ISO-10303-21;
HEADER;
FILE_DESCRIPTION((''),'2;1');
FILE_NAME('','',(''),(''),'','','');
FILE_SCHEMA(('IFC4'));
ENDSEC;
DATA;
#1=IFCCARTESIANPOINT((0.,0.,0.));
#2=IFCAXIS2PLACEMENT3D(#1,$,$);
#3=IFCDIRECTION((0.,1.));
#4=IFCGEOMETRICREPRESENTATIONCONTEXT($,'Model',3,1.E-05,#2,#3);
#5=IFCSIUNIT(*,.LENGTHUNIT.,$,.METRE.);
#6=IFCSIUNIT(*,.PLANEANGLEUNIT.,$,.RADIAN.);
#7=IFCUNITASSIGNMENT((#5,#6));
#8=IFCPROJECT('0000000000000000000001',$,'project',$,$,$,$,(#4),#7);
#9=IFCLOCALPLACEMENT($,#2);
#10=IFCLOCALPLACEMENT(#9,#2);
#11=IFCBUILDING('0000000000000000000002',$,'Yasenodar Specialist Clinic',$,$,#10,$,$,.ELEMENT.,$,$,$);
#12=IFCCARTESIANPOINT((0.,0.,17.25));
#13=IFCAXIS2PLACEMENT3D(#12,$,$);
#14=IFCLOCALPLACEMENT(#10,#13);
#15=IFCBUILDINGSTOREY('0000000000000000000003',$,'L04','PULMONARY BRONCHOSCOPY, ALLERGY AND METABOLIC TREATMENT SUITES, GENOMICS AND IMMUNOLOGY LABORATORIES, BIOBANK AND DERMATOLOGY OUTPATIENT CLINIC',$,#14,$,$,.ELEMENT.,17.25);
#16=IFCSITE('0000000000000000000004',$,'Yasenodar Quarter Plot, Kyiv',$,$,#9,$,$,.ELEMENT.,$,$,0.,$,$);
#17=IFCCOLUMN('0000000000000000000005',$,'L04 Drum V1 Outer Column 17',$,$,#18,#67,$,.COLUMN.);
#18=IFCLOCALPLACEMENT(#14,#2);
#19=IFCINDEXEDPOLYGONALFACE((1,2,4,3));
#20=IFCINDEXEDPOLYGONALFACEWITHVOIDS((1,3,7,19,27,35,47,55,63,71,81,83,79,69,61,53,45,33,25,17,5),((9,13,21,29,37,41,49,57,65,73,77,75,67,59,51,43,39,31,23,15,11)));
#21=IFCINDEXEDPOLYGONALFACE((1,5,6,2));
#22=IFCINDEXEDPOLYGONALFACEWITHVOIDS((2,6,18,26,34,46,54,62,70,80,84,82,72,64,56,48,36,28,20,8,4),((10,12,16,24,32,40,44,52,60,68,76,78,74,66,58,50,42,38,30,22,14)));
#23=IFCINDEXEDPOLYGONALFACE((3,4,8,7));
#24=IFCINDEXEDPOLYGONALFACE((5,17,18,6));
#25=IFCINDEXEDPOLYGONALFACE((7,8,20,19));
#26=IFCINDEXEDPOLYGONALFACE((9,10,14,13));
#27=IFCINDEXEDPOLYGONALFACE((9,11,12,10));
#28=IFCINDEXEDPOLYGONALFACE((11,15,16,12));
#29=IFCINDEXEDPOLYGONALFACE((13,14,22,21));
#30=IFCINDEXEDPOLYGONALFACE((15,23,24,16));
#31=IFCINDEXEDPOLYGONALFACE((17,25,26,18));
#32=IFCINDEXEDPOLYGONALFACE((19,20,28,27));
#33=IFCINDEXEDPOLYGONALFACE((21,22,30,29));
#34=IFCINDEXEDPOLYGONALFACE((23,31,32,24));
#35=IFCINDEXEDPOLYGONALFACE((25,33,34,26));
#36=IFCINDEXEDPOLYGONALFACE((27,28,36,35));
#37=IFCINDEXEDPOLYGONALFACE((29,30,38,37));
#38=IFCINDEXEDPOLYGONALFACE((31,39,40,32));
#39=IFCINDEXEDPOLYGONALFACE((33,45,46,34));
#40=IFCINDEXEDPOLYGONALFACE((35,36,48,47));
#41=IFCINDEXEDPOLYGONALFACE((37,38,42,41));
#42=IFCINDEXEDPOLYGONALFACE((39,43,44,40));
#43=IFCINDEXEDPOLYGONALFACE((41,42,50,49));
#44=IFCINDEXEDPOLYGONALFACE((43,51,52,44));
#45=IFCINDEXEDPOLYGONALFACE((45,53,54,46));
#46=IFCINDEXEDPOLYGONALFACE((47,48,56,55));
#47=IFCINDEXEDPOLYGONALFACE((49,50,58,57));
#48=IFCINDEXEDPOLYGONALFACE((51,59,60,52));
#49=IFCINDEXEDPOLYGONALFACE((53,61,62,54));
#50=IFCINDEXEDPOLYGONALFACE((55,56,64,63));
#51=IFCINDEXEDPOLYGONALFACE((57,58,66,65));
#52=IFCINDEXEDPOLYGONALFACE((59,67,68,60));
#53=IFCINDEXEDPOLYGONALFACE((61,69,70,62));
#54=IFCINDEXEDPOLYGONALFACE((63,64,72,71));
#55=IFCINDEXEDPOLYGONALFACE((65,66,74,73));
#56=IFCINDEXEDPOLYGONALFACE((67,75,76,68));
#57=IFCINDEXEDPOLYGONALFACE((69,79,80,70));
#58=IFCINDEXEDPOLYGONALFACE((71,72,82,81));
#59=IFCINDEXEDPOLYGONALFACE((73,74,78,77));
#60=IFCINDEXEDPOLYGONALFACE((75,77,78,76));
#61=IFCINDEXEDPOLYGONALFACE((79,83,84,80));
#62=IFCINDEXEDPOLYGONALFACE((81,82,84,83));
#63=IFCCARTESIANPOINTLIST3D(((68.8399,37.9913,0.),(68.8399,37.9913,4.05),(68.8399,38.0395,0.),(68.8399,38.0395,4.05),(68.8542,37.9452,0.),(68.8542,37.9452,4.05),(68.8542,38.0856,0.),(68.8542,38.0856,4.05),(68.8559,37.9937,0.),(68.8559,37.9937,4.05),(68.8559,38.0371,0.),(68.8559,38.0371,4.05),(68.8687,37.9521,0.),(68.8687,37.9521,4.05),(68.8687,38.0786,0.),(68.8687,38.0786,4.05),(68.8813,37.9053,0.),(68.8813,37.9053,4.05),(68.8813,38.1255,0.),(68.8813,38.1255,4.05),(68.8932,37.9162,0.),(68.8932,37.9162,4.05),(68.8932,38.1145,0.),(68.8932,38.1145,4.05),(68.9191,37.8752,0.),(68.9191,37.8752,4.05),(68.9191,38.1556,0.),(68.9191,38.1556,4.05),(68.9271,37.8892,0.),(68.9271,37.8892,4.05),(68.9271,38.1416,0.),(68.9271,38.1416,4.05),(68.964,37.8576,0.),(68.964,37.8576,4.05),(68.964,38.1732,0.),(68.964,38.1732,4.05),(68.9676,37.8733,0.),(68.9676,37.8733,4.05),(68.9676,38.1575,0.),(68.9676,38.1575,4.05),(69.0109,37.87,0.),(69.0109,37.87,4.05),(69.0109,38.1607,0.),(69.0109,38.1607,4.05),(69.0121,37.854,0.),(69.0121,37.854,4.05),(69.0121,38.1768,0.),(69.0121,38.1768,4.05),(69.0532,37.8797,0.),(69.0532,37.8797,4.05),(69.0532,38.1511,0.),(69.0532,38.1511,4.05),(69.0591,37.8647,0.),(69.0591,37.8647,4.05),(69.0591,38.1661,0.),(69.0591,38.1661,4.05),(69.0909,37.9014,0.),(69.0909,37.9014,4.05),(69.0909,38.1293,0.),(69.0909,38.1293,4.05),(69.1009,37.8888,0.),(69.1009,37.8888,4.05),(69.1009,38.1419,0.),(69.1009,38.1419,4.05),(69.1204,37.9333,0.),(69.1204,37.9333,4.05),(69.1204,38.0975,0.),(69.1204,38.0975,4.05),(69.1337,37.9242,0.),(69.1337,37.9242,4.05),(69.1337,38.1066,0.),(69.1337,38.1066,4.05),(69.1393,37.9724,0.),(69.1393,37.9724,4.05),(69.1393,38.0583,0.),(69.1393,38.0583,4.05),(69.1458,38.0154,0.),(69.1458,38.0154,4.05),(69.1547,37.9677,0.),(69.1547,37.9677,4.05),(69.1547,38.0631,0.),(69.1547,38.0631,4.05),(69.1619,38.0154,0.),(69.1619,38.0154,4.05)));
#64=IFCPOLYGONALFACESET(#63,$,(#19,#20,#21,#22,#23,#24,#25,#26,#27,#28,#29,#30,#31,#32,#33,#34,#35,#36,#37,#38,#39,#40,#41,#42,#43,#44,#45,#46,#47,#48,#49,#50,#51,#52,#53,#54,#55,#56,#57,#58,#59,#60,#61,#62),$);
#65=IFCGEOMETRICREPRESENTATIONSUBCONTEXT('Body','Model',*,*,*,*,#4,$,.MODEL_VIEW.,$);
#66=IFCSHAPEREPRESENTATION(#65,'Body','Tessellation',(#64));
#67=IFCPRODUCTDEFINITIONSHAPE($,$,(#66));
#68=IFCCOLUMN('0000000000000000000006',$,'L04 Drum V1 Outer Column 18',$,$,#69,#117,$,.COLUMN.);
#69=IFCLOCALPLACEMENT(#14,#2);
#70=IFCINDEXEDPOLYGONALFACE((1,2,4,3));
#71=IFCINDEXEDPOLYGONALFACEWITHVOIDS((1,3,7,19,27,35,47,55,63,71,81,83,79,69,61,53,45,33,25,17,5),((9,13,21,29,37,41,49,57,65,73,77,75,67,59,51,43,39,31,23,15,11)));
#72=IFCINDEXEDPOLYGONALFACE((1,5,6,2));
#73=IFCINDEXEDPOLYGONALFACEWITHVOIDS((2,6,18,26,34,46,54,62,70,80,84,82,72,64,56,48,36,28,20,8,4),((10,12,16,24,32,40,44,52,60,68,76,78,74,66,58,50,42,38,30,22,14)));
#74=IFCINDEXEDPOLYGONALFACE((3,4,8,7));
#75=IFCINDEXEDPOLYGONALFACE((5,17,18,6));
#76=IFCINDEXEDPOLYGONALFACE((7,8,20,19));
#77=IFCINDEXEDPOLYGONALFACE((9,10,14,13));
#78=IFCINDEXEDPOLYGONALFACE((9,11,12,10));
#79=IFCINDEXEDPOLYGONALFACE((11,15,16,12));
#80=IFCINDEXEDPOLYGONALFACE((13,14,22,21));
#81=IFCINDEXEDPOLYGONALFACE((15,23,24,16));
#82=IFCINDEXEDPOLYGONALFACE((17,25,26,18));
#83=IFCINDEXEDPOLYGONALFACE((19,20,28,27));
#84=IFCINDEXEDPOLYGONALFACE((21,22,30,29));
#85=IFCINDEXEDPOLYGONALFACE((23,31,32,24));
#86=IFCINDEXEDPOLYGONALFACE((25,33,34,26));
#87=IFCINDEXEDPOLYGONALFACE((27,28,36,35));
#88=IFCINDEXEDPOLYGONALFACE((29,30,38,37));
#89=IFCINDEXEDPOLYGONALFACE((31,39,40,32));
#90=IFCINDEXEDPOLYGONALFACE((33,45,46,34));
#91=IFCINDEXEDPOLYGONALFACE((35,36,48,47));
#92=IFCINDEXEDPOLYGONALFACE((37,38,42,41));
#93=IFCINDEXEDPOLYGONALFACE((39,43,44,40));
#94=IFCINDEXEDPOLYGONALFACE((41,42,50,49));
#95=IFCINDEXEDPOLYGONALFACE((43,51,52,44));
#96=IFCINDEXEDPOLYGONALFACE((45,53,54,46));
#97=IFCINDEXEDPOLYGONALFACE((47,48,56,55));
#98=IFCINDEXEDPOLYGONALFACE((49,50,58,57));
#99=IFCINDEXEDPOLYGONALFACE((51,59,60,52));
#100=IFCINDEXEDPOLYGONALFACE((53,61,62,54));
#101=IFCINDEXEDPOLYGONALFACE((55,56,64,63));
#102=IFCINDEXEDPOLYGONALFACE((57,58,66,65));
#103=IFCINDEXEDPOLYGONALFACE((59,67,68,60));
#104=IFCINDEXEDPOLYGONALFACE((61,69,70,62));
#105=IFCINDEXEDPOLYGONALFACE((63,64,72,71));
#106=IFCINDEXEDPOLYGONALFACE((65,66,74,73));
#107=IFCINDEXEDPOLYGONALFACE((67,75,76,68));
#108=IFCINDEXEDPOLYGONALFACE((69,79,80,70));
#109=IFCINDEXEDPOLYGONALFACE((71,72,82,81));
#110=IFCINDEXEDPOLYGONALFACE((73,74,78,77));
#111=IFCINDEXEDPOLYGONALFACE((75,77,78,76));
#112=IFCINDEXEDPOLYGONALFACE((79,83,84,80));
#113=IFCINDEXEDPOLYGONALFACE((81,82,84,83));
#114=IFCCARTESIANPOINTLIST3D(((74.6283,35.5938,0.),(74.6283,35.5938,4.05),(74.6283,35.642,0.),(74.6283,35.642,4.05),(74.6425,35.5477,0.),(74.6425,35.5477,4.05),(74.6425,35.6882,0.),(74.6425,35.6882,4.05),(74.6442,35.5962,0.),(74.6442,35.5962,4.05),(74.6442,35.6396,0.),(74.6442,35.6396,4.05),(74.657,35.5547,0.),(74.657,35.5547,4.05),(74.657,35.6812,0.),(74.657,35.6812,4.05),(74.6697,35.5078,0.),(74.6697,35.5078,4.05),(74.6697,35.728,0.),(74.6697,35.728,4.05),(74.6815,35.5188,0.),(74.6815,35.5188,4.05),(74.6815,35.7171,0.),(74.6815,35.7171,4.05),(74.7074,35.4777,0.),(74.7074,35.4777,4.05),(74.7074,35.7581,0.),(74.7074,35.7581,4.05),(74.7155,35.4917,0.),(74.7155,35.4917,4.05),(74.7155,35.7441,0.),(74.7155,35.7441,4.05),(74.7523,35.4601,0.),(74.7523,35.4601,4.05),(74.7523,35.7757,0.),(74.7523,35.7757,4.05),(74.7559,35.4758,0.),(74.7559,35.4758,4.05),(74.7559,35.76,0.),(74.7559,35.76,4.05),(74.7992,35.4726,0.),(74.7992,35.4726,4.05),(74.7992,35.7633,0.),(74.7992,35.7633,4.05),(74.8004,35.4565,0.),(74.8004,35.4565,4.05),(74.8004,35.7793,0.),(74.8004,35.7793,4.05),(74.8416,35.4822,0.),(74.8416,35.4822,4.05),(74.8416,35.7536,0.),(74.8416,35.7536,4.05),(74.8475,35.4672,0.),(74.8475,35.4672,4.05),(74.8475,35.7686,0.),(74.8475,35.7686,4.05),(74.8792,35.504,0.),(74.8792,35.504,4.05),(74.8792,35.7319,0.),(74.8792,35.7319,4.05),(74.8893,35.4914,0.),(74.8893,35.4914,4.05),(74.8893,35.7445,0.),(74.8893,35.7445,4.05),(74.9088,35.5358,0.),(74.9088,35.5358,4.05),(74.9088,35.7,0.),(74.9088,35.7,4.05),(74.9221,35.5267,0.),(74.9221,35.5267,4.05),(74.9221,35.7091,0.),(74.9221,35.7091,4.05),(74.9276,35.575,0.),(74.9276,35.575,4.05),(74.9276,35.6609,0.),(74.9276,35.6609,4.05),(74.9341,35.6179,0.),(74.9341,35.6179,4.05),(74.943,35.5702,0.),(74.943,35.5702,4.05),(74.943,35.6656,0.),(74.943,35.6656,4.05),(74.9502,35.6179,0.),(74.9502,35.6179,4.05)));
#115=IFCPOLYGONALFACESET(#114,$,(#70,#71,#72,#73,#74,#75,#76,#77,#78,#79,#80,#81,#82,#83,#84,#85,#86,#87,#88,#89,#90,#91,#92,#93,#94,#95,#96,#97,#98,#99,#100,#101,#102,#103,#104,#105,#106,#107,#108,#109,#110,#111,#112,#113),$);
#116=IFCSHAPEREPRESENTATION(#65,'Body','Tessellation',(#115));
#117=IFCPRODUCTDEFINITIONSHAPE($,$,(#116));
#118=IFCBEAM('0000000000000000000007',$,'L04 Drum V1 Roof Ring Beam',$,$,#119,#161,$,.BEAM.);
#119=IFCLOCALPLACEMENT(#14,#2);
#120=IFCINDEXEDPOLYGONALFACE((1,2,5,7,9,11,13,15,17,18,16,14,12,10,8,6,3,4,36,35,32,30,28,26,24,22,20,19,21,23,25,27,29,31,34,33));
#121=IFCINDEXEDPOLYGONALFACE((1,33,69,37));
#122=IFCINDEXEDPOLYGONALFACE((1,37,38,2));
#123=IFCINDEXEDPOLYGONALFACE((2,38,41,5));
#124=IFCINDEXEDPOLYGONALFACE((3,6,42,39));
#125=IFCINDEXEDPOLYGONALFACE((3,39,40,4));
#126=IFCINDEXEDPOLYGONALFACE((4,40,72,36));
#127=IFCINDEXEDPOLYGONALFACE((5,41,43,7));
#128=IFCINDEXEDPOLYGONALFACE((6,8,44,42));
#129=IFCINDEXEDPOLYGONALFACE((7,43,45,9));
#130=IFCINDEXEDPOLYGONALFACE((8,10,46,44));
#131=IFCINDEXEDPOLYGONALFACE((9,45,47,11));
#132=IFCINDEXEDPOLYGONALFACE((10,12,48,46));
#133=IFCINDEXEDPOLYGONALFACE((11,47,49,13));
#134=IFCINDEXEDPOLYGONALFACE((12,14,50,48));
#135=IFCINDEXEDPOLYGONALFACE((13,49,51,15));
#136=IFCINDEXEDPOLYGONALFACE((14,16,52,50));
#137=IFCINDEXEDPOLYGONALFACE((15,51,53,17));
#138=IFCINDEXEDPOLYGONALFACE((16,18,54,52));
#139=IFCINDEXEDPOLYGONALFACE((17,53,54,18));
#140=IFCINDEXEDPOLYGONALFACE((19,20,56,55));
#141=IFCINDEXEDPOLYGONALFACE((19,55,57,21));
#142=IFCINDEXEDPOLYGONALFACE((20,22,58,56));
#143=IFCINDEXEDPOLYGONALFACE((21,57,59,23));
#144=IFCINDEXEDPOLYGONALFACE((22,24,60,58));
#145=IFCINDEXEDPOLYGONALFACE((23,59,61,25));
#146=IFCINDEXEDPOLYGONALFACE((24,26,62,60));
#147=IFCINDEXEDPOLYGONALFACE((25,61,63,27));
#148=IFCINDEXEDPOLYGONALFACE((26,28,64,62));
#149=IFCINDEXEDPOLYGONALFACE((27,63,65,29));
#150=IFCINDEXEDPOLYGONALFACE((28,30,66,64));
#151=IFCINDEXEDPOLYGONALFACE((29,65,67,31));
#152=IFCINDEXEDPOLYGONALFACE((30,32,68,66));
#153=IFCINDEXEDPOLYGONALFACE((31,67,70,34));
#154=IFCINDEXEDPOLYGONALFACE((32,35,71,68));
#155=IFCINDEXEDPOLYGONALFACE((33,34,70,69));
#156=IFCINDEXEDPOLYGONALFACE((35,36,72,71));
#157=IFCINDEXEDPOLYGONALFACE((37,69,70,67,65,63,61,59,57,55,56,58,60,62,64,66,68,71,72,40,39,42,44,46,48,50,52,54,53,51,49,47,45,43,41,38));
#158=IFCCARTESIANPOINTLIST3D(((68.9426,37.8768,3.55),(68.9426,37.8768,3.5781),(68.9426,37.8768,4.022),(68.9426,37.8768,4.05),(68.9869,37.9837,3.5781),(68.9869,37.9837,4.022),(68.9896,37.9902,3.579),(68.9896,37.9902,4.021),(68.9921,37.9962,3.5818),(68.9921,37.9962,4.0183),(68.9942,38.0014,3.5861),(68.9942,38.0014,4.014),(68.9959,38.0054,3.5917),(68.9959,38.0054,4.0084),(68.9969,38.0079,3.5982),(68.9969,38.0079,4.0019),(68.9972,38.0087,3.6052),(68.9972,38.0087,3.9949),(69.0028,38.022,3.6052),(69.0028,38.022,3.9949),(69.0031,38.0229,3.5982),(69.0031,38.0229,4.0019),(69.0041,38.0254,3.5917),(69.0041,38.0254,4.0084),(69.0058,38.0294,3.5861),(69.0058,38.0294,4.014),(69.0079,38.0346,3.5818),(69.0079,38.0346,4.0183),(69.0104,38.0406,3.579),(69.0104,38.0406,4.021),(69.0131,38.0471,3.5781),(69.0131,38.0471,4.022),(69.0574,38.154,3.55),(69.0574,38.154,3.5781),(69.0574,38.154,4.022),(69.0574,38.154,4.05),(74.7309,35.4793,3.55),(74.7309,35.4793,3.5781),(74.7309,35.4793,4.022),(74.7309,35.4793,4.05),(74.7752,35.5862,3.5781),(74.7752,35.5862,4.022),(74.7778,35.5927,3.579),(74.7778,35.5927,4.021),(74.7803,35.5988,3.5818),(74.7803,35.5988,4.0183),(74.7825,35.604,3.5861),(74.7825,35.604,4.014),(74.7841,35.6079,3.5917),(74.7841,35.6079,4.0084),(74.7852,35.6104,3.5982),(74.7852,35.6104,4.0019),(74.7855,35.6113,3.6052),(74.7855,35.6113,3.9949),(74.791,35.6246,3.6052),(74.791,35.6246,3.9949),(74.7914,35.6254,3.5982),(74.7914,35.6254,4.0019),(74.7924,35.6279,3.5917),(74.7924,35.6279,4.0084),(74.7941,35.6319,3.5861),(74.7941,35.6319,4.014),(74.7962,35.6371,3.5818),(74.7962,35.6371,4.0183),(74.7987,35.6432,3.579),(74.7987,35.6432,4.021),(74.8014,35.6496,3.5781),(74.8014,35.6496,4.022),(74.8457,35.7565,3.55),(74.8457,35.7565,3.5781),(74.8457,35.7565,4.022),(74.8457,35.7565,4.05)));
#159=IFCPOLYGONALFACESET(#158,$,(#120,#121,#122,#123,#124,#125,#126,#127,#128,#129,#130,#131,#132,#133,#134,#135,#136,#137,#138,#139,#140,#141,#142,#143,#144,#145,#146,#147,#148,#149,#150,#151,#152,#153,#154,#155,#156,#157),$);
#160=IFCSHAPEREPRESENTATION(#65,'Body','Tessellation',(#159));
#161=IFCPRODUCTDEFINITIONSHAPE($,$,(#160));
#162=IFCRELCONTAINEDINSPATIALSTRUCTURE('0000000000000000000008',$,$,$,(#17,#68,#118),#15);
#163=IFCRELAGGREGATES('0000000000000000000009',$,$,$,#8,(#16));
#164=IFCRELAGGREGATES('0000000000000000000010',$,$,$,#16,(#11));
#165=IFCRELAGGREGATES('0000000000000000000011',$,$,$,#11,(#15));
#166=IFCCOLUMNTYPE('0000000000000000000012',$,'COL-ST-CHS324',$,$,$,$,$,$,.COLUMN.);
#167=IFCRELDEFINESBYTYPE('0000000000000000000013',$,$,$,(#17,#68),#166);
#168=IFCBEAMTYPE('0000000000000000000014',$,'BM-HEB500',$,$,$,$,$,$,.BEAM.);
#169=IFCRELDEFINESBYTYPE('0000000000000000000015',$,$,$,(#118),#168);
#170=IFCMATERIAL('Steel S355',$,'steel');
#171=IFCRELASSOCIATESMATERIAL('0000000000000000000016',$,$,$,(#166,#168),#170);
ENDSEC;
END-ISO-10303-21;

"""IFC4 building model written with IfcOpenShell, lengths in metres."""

from ifc_helpers import new_model, si_unit, direction, frame, origin, origin_2d, place, context, subcontext, project, spatial, hollow_circle, i_section, extrude, material, material_profile, profile_set, type_object, element, save


model = new_model("IFC4")

# Units and contexts
model_context = context("Model", 3, precision=1e-05, world=origin(), true_north=direction((0.0, 1.0)))
body_context = subcontext(model_context, "Body", "Model", "MODEL_VIEW")
ifc_project = project(units=[si_unit("LENGTHUNIT", "METRE"), si_unit("PLANEANGLEUNIT", "RADIAN")], contexts=[model_context])

# Site, building, storey
site_placement = place(None, origin())
site = spatial("IfcSite", under=ifc_project, at=site_placement, Name="Yasenodar Quarter Plot, Kyiv", CompositionType="ELEMENT", RefElevation=0.0)
building_placement = place(site_placement, origin())
building = spatial("IfcBuilding", under=site, at=building_placement, Name="Yasenodar Specialist Clinic", CompositionType="ELEMENT")
storey_placement = place(building_placement, frame((0.0, 0.0, 17.25)))
storey = spatial("IfcBuildingStorey", under=building, at=storey_placement, Name="L04", Description="PULMONARY BRONCHOSCOPY, ALLERGY AND METABOLIC TREATMENT SUITES, GENOMICS AND IMMUNOLOGY LABORATORIES, BIOBANK AND DERMATOLOGY OUTPATIENT CLINIC", CompositionType="ELEMENT", Elevation=17.25)

# Columns
ifc_material_1 = material(Name="Steel S355", Category="steel")
ifc_material_profile_1 = material_profile(ifc_material_1, hollow_circle(Radius=0.1619, WallThickness=0.0161, at=origin_2d()), Name="CHS 323.9x16")
ifc_profile_set_1 = profile_set([ifc_material_profile_1], Name="Steel S355")
column_type = type_object("IfcColumnType", Name="COL-ST-CHS324", PredefinedType="COLUMN", material=ifc_profile_set_1)
for number, where, z_axis, x_axis, name in (
    (1, (69.0, 38.0154, 0.0), (0.0, 0.0, 1.0), (1.0, 0.0, 0.0), "L04 Drum V1 Outer Column 17"),
    (2, (74.7883, 35.6179, 0.0), (0.0, 0.0, 1.0), (1.0, 0.0, 0.0), "L04 Drum V1 Outer Column 18"),
):
    element("IfcColumn", number, at=place(storey_placement, frame(where, z_axis=z_axis, x_axis=x_axis)), inside=storey, type_object=column_type, Name=name, PredefinedType="COLUMN", context=body_context, shape_type="SweptSolid", body=[
        extrude(hollow_circle(Radius=0.1619, WallThickness=0.0161, at=origin_2d()), origin(), (0.0, 0.0, 1.0), 4.05),
    ])

# Beam
ifc_material_profile_2 = material_profile(ifc_material_1, i_section(OverallWidth=0.3, OverallDepth=0.5, WebThickness=0.0144, FlangeThickness=0.0281, FilletRadius=0.0271, at=origin_2d()), Name="HEB 500")
ifc_profile_set_2 = profile_set([ifc_material_profile_2], Name="Steel S355")
beam_type = type_object("IfcBeamType", Name="BM-HEB500", PredefinedType="BEAM", material=ifc_profile_set_2)
beam_1_placement = place(storey_placement, frame((69.0, 38.0154, 3.8), z_axis=(0.923888, -0.382664, 0.0), x_axis=(0.382664, 0.923888, 0.0)))
element("IfcBeam", 3, at=beam_1_placement, inside=storey, type_object=beam_type, Name="L04 Drum V1 Roof Ring Beam", PredefinedType="BEAM", context=body_context, shape_type="SweptSolid", body=[
    extrude(i_section(OverallWidth=0.3, OverallDepth=0.5, WebThickness=0.0144, FlangeThickness=0.0281, FilletRadius=0.0271, at=origin_2d()), origin(), (0.0, 0.0, 1.0), 6.2651),
])

save(model, "model.ifc")
